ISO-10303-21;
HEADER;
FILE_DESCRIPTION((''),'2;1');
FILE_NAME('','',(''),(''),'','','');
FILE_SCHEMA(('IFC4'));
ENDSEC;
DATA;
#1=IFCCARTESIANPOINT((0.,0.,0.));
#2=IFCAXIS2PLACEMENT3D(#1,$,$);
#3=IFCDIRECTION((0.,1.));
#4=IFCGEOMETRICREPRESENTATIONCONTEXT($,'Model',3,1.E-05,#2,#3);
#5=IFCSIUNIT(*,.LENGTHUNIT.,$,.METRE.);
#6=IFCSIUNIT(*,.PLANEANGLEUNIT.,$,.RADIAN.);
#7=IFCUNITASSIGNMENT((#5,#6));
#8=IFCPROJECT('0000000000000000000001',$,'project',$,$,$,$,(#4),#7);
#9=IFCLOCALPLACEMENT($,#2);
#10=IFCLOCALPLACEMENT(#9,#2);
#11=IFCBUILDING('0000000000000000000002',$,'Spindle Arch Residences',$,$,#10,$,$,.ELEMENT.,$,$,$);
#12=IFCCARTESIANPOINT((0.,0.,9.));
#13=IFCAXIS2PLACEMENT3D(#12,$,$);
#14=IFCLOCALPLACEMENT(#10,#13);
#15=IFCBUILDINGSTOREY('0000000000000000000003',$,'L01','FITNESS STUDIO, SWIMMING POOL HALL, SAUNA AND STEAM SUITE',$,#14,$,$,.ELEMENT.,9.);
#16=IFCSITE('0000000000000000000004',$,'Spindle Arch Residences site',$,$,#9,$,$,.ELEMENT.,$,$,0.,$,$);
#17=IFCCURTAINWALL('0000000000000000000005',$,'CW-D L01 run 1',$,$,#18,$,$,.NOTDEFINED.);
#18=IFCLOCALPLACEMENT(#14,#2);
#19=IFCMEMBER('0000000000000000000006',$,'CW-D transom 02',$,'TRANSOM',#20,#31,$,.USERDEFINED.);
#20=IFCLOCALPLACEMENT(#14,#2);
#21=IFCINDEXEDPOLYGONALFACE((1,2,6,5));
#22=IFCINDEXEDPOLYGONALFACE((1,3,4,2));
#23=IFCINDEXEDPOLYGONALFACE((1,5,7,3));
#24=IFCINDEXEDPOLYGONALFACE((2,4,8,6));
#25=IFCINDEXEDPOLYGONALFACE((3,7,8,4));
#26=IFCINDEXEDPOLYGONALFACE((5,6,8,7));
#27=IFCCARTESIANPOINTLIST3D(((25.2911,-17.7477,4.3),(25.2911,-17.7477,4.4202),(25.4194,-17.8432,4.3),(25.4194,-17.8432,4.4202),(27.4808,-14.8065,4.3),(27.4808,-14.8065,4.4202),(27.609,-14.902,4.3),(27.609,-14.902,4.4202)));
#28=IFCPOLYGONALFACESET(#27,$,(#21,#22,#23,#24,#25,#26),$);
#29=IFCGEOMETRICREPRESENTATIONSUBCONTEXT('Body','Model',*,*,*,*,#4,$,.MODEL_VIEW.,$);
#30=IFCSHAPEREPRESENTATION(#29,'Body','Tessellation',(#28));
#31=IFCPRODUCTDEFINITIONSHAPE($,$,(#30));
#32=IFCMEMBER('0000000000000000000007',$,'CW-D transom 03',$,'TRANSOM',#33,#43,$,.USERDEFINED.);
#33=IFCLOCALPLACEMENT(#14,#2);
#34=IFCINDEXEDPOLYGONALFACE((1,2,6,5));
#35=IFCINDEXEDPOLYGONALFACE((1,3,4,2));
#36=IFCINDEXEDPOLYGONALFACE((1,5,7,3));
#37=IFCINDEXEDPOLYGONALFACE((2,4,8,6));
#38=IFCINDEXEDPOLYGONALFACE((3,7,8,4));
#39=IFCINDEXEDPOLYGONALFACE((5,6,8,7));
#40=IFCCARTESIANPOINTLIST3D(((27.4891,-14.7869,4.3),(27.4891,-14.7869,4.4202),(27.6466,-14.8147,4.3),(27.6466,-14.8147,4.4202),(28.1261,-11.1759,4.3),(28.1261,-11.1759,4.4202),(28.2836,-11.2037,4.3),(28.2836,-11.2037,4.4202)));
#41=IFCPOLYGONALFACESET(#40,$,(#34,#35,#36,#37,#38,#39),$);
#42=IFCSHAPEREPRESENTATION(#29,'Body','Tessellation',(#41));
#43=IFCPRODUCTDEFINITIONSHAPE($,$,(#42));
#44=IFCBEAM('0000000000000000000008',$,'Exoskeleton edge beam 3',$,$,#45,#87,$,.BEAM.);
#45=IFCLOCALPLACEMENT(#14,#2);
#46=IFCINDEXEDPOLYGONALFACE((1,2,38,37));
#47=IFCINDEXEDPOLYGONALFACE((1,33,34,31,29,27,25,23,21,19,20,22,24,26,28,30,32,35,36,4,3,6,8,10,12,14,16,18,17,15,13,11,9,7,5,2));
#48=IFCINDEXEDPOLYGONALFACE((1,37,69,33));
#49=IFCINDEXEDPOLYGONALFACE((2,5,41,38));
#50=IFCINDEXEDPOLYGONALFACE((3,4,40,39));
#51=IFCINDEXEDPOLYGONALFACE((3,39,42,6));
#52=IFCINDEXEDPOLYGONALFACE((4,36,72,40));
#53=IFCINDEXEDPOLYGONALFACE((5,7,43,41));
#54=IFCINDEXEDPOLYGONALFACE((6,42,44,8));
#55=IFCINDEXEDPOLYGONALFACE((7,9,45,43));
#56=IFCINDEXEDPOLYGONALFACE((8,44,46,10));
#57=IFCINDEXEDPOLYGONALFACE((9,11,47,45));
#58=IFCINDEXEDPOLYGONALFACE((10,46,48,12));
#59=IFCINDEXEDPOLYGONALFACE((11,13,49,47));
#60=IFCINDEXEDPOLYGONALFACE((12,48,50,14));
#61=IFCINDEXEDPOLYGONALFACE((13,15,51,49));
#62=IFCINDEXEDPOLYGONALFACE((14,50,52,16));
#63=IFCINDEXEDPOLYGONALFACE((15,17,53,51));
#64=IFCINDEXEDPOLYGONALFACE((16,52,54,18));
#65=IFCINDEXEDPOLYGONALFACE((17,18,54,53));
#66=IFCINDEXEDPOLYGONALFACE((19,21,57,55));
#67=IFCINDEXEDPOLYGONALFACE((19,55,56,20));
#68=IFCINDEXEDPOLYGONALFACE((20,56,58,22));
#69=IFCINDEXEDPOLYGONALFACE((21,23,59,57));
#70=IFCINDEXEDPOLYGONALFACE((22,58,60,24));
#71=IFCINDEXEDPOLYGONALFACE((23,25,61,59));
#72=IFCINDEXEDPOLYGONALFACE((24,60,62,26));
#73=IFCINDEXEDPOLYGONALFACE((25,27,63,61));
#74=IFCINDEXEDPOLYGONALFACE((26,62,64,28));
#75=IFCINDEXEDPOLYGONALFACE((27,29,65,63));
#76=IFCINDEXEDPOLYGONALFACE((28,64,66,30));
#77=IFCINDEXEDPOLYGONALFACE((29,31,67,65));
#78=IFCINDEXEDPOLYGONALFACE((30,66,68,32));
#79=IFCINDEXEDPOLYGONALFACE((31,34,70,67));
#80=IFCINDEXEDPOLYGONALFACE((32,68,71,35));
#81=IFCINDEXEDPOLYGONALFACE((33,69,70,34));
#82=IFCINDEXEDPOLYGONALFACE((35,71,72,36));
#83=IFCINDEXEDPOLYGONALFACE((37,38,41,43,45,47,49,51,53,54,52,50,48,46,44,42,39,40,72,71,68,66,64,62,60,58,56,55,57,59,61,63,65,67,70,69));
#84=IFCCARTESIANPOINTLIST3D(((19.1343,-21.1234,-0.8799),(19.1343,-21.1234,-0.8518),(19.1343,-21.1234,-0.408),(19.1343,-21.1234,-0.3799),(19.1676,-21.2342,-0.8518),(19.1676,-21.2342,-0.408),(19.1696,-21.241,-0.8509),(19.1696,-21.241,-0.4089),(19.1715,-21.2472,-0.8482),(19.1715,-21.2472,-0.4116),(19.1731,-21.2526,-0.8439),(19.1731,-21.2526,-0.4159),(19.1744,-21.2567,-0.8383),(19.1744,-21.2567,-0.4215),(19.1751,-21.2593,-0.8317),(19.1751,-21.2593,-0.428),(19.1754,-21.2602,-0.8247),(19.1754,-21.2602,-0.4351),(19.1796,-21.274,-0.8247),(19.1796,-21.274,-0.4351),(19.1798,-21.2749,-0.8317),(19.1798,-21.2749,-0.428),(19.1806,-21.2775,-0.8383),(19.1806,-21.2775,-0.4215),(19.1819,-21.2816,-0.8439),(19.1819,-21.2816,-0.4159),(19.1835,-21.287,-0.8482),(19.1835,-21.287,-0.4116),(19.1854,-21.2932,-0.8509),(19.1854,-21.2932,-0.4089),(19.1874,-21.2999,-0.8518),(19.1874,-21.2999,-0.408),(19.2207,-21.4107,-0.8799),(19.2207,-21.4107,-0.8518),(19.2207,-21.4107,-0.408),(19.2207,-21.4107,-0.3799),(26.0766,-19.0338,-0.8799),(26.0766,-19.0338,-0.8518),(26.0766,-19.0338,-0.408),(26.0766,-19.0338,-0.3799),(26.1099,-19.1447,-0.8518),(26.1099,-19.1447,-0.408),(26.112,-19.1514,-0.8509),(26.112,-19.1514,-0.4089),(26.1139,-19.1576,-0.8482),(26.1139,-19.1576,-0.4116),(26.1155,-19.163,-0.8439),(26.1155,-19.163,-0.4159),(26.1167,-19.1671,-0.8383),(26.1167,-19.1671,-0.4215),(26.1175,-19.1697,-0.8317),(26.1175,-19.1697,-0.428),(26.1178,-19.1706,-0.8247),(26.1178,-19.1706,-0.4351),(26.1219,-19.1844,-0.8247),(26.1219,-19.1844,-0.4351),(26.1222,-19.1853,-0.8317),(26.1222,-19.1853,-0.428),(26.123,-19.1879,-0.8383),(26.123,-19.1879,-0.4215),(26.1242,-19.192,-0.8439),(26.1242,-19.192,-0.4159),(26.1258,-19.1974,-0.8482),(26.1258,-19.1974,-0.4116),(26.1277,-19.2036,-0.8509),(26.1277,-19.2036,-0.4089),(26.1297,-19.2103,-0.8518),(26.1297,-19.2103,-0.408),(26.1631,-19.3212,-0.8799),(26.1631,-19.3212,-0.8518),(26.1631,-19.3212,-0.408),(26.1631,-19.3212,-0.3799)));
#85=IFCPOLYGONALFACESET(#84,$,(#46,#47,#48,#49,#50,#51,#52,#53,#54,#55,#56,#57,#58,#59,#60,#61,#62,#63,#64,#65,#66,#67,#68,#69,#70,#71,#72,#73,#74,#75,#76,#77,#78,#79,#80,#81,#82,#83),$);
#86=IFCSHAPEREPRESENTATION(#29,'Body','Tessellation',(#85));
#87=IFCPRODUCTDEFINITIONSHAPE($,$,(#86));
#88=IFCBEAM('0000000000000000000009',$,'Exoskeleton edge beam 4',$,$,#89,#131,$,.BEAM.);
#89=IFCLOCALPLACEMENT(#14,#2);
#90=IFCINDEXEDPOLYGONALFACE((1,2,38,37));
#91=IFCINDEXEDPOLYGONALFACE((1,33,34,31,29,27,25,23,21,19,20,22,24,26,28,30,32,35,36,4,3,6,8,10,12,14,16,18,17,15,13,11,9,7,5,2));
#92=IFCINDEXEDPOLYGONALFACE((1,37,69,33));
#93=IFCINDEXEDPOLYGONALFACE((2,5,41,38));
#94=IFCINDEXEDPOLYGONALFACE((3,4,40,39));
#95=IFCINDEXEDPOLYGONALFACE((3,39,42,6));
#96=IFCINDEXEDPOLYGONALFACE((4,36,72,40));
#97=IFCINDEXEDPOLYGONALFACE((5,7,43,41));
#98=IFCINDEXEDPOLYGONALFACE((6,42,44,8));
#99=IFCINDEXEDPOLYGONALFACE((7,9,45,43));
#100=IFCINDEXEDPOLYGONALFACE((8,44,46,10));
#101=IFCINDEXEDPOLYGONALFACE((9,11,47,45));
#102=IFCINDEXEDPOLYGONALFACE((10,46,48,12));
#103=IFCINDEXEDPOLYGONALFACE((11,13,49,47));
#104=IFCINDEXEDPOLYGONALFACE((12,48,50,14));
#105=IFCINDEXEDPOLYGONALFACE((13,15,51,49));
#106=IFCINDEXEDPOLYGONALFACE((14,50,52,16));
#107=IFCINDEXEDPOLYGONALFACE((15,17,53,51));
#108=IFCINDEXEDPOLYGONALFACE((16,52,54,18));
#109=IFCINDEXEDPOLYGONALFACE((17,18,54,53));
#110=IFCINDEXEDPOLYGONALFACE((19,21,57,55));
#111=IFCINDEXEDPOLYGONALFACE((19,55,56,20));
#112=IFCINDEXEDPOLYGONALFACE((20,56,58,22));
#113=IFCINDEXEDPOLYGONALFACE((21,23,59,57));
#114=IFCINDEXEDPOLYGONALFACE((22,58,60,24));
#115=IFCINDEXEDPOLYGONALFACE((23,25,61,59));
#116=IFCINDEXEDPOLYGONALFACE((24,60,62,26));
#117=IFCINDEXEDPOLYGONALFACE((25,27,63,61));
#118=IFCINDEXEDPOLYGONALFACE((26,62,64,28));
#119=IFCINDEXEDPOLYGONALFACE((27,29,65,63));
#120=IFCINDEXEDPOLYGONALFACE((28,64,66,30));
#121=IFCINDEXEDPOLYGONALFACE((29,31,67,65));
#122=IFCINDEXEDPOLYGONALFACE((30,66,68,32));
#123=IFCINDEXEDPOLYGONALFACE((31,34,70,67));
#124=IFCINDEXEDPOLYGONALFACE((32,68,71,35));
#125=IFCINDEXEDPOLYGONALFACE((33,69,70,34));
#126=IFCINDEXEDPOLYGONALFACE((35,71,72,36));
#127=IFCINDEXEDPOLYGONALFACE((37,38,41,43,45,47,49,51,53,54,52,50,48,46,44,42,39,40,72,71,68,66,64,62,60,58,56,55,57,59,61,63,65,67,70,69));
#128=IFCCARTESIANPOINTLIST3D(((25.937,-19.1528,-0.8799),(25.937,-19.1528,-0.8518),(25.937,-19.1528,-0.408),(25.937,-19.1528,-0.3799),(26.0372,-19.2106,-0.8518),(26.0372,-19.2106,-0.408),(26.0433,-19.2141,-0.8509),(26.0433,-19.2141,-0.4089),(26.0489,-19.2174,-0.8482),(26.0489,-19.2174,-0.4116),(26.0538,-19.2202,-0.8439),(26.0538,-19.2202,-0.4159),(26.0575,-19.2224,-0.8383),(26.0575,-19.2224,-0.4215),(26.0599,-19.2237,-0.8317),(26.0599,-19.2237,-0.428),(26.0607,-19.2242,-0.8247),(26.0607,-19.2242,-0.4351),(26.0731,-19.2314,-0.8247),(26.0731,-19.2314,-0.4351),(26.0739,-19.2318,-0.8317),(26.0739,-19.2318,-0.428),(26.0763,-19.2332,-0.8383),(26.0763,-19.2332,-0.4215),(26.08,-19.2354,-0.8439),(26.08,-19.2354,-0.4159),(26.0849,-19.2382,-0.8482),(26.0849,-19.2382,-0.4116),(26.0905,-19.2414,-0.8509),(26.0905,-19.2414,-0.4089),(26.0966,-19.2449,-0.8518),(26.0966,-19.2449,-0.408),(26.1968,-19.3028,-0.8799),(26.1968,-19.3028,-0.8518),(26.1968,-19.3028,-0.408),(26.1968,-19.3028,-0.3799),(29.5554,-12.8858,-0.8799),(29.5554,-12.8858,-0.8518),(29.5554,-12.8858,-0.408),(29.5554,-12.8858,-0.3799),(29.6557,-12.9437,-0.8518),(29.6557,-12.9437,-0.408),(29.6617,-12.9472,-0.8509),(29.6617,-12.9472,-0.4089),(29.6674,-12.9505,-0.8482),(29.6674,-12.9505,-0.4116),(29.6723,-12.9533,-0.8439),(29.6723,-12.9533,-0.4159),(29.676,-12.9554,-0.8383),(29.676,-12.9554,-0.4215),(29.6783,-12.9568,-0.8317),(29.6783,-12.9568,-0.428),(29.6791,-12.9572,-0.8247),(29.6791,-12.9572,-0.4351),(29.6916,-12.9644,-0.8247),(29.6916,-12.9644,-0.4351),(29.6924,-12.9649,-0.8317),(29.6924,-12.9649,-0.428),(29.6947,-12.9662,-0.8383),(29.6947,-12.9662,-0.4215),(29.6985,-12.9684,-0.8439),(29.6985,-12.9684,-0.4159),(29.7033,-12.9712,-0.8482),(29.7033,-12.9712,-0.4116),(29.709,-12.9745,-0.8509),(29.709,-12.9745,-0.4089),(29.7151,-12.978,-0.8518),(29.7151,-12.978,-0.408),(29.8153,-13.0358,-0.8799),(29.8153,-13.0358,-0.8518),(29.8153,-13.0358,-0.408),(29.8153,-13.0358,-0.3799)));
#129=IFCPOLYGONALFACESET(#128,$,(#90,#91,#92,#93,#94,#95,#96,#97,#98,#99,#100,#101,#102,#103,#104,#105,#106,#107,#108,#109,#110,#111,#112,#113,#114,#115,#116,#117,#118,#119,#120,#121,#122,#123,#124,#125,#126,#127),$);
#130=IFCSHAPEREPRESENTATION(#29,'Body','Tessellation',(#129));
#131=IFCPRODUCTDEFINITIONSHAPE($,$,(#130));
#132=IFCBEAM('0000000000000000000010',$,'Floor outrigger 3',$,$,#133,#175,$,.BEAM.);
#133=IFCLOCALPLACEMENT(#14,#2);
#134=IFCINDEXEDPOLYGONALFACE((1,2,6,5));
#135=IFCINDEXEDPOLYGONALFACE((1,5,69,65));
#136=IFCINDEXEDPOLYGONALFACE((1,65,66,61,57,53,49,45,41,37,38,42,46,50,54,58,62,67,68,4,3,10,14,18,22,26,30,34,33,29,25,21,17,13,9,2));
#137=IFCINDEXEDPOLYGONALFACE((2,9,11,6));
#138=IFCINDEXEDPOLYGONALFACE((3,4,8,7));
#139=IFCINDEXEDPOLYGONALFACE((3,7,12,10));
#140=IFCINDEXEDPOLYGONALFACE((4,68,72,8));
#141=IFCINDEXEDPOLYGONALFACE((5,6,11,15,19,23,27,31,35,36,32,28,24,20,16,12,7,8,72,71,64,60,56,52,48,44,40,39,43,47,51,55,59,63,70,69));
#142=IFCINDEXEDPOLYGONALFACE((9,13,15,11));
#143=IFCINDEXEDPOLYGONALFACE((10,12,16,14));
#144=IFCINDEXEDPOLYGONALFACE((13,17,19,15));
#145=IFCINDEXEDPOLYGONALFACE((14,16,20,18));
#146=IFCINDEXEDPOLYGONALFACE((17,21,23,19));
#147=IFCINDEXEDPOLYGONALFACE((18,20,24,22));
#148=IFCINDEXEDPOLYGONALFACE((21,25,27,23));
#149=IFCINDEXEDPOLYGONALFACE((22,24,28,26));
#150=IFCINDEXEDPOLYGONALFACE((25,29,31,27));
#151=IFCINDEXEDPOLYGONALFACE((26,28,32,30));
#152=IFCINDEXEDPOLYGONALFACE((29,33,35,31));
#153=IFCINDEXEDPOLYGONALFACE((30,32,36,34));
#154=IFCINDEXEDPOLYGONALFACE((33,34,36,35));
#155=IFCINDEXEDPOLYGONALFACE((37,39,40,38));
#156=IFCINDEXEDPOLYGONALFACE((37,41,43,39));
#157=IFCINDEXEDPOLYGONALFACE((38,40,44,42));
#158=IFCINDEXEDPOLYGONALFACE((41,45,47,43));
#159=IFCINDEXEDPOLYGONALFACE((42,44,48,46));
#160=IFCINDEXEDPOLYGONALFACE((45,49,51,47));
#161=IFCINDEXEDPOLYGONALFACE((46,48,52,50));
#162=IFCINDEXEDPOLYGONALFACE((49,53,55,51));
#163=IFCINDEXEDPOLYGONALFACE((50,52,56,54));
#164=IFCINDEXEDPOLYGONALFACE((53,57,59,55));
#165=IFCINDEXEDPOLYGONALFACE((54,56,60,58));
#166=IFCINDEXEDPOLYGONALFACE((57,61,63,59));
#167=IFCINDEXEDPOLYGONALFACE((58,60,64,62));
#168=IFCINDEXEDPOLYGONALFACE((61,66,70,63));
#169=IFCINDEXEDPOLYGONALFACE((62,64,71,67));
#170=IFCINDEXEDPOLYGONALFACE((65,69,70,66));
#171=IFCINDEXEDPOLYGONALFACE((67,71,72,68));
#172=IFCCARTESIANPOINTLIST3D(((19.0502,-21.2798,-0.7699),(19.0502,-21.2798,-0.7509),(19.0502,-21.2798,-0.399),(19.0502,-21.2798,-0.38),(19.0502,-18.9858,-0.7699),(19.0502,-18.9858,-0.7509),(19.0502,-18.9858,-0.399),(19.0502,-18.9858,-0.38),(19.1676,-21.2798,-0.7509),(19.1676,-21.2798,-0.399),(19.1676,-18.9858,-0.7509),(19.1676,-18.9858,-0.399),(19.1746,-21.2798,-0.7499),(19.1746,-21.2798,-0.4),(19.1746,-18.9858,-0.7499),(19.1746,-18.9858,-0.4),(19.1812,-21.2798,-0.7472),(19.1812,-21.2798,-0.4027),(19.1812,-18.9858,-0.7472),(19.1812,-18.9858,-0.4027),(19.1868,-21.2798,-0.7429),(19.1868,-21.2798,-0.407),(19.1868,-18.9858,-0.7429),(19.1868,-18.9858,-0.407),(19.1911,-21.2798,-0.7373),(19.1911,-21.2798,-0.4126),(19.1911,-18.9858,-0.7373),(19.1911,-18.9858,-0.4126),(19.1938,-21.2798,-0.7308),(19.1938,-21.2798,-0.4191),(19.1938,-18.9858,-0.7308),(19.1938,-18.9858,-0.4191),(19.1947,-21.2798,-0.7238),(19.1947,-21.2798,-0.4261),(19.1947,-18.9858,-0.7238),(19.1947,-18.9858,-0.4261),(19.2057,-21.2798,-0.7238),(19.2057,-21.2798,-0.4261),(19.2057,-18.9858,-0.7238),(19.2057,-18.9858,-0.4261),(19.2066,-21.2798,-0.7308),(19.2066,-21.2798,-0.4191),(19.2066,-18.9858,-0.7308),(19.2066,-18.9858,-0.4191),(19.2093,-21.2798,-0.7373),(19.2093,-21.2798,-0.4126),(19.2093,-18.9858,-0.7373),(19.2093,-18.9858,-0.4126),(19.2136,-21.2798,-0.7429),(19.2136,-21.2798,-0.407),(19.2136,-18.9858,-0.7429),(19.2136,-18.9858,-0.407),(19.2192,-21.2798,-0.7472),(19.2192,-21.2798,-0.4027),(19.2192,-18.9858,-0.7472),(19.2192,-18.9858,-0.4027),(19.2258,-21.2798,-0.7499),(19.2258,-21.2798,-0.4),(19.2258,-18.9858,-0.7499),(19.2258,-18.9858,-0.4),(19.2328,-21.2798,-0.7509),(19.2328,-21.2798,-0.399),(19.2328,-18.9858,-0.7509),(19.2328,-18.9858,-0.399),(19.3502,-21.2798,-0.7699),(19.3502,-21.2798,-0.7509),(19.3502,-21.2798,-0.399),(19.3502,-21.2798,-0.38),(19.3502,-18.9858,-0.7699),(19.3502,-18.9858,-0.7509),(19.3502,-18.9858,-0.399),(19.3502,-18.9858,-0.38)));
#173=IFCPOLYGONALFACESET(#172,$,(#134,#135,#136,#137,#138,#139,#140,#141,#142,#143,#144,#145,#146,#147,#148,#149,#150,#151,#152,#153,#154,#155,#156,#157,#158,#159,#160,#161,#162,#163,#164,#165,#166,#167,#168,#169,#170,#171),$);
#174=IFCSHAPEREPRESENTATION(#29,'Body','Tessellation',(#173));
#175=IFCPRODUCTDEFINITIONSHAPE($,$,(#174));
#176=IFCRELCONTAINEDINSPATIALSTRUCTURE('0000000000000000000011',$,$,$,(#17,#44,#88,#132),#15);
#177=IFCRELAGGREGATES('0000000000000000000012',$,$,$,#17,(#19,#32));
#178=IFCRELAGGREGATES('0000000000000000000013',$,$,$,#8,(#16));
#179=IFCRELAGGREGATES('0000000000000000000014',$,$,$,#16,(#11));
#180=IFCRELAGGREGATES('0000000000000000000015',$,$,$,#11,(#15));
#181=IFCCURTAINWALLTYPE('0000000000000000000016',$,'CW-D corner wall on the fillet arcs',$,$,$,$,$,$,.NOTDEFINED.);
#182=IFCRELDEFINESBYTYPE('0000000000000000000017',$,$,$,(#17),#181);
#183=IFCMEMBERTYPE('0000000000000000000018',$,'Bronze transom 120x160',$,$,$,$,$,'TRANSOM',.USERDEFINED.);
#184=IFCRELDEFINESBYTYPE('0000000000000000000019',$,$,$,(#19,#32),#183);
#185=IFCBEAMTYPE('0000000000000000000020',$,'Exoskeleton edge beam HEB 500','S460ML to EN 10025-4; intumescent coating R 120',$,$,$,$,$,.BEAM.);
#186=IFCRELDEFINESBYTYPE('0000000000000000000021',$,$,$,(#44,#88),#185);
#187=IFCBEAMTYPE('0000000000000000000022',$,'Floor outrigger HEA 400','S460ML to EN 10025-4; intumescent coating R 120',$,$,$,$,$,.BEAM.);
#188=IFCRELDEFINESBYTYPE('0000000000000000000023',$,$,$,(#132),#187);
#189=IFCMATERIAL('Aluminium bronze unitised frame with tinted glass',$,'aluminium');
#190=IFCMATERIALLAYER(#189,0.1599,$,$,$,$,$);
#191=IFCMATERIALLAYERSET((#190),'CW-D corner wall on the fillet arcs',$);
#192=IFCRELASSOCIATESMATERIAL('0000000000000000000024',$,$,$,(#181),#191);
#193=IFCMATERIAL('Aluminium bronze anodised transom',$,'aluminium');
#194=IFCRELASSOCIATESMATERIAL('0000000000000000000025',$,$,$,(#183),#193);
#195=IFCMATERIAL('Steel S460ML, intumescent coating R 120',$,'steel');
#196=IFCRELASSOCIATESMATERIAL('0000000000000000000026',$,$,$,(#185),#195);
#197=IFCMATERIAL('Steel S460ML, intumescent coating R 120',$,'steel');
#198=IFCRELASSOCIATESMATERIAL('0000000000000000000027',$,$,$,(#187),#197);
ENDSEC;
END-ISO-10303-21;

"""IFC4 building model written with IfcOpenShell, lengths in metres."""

from ifc_helpers import new_model, si_unit, direction, frame, origin, origin_2d, place, context, subcontext, project, spatial, rectangle, i_section, extrude, material, layer, layer_set, material_profile, profile_set, type_object, element, aggregate, save


model = new_model("IFC4")

# Units and contexts
model_context = context("Model", 3, precision=1e-05, world=origin(), true_north=direction((0.0, 1.0)))
body_context = subcontext(model_context, "Body", "Model", "MODEL_VIEW")
ifc_project = project(units=[si_unit("LENGTHUNIT", "METRE"), si_unit("PLANEANGLEUNIT", "RADIAN")], contexts=[model_context])

# Site, building, storey
site_placement = place(None, origin())
site = spatial("IfcSite", under=ifc_project, at=site_placement, Name="Spindle Arch Residences site", CompositionType="ELEMENT", RefElevation=0.0)
building_placement = place(site_placement, origin())
building = spatial("IfcBuilding", under=site, at=building_placement, Name="Spindle Arch Residences", CompositionType="ELEMENT")
storey_placement = place(building_placement, frame((0.0, 0.0, 9.0)))
storey = spatial("IfcBuildingStorey", under=building, at=storey_placement, Name="L01", Description="FITNESS STUDIO, SWIMMING POOL HALL, SAUNA AND STEAM SUITE", CompositionType="ELEMENT", Elevation=9.0)

# Curtain wall, members
ifc_material_1 = material(Name="Aluminium bronze unitised frame with tinted glass", Category="aluminium")
ifc_layer_1 = layer(ifc_material_1, 0.1599)
ifc_layer_set_1 = layer_set([ifc_layer_1], Name="CW-D corner wall on the fillet arcs")
curtain_wall_type_1 = type_object("IfcCurtainWallType", Name="CW-D corner wall on the fillet arcs", PredefinedType="NOTDEFINED", material=ifc_layer_set_1)
curtain_wall_1_placement = place(storey_placement, origin())
curtain_wall_1 = element("IfcCurtainWall", 1, at=curtain_wall_1_placement, inside=storey, type_object=curtain_wall_type_1, Name="CW-D L01 run 1", PredefinedType="NOTDEFINED")
ifc_material_2 = material(Name="Aluminium bronze anodised transom", Category="aluminium")
ifc_material_profile_1 = material_profile(ifc_material_2, rectangle(XDim=0.1599, YDim=0.1201, at=origin_2d()), Name="TR 120x160")
ifc_profile_set_1 = profile_set([ifc_material_profile_1], Name="Aluminium bronze anodised transom")
member_type_1 = type_object("IfcMemberType", Name="Bronze transom 120x160", ElementType="TRANSOM", PredefinedType="USERDEFINED", material=ifc_profile_set_1)
member_1_placement = place(storey_placement, frame((25.3552, -17.7954, 4.3601), z_axis=(0.597173, 0.802112, 0.0), x_axis=(-0.802112, 0.597173, 0.0)))
member_1 = element("IfcMember", 2, at=member_1_placement, type_object=member_type_1, Name="CW-D transom 02", ObjectType="TRANSOM", PredefinedType="USERDEFINED", context=body_context, shape_type="SweptSolid", body=[
    extrude(rectangle(XDim=0.1599, YDim=0.1201, at=origin_2d()), origin(), (0.0, 0.0, 1.0), 3.6667),
])
member_2_placement = place(storey_placement, frame((27.5679, -14.8008, 4.3601), z_axis=(0.173709, 0.984797, 0.0), x_axis=(-0.984797, 0.173709, 0.0)))
member_2 = element("IfcMember", 3, at=member_2_placement, type_object=member_type_1, Name="CW-D transom 03", ObjectType="TRANSOM", PredefinedType="USERDEFINED", context=body_context, shape_type="SweptSolid", body=[
    extrude(rectangle(XDim=0.1599, YDim=0.1201, at=origin_2d()), origin(), (0.0, 0.0, 1.0), 3.6667),
])

# Beams
ifc_material_3 = material(Name="Steel S460ML, intumescent coating R 120", Category="steel")
ifc_material_profile_2 = material_profile(ifc_material_3, i_section(OverallWidth=0.3, OverallDepth=0.5, WebThickness=0.0144, FlangeThickness=0.0281, FilletRadius=0.0271, at=origin_2d()), Name="HEB 500")
ifc_profile_set_2 = profile_set([ifc_material_profile_2], Name="Steel S460ML, intumescent coating R 120")
beam_type_1 = type_object("IfcBeamType", Name="Exoskeleton edge beam HEB 500", Description="S460ML to EN 10025-4; intumescent coating R 120", PredefinedType="BEAM", material=ifc_profile_set_2)
beam_1_placement = place(storey_placement, frame((19.1775, -21.2671, -0.6299), z_axis=(0.957565, 0.288219, 0.0), x_axis=(-0.288219, 0.957565, 0.0)))
element("IfcBeam", 4, at=beam_1_placement, inside=storey, type_object=beam_type_1, Name="Exoskeleton edge beam 3", PredefinedType="BEAM", context=body_context, shape_type="SweptSolid", body=[
    extrude(i_section(OverallWidth=0.3, OverallDepth=0.5, WebThickness=0.0144, FlangeThickness=0.0281, FilletRadius=0.0271, at=origin_2d()), origin(), (0.0, 0.0, 1.0), 7.25),
])
beam_2_placement = place(storey_placement, frame((26.0669, -19.2278, -0.6299), z_axis=(0.500025, 0.866011, 0.0), x_axis=(-0.866011, 0.500025, 0.0)))
element("IfcBeam", 5, at=beam_2_placement, inside=storey, type_object=beam_type_1, Name="Exoskeleton edge beam 4", PredefinedType="BEAM", context=body_context, shape_type="SweptSolid", body=[
    extrude(i_section(OverallWidth=0.3, OverallDepth=0.5, WebThickness=0.0144, FlangeThickness=0.0281, FilletRadius=0.0271, at=origin_2d()), origin(), (0.0, 0.0, 1.0), 7.2366),
])
ifc_material_4 = material(Name="Steel S460ML, intumescent coating R 120", Category="steel")
ifc_material_profile_3 = material_profile(ifc_material_4, i_section(OverallWidth=0.3, OverallDepth=0.3899, WebThickness=0.011, FlangeThickness=0.019, FilletRadius=0.0271, at=origin_2d()), Name="HEA 400")
ifc_profile_set_3 = profile_set([ifc_material_profile_3], Name="Steel S460ML, intumescent coating R 120")
beam_type_2 = type_object("IfcBeamType", Name="Floor outrigger HEA 400", Description="S460ML to EN 10025-4; intumescent coating R 120", PredefinedType="BEAM", material=ifc_profile_set_3)
beam_3_placement = place(storey_placement, frame((19.2002, -21.2798, -0.575), z_axis=(0.0, 1.0, 0.0), x_axis=(-1.0, 0.0, 0.0)))
element("IfcBeam", 6, at=beam_3_placement, inside=storey, type_object=beam_type_2, Name="Floor outrigger 3", PredefinedType="BEAM", context=body_context, shape_type="SweptSolid", body=[
    extrude(i_section(OverallWidth=0.3, OverallDepth=0.3899, WebThickness=0.011, FlangeThickness=0.019, FilletRadius=0.0271, at=origin_2d()), origin(), (0.0, 0.0, 1.0), 2.2939),
])

aggregate(curtain_wall_1, [member_1, member_2])

save(model, "model.ifc")
